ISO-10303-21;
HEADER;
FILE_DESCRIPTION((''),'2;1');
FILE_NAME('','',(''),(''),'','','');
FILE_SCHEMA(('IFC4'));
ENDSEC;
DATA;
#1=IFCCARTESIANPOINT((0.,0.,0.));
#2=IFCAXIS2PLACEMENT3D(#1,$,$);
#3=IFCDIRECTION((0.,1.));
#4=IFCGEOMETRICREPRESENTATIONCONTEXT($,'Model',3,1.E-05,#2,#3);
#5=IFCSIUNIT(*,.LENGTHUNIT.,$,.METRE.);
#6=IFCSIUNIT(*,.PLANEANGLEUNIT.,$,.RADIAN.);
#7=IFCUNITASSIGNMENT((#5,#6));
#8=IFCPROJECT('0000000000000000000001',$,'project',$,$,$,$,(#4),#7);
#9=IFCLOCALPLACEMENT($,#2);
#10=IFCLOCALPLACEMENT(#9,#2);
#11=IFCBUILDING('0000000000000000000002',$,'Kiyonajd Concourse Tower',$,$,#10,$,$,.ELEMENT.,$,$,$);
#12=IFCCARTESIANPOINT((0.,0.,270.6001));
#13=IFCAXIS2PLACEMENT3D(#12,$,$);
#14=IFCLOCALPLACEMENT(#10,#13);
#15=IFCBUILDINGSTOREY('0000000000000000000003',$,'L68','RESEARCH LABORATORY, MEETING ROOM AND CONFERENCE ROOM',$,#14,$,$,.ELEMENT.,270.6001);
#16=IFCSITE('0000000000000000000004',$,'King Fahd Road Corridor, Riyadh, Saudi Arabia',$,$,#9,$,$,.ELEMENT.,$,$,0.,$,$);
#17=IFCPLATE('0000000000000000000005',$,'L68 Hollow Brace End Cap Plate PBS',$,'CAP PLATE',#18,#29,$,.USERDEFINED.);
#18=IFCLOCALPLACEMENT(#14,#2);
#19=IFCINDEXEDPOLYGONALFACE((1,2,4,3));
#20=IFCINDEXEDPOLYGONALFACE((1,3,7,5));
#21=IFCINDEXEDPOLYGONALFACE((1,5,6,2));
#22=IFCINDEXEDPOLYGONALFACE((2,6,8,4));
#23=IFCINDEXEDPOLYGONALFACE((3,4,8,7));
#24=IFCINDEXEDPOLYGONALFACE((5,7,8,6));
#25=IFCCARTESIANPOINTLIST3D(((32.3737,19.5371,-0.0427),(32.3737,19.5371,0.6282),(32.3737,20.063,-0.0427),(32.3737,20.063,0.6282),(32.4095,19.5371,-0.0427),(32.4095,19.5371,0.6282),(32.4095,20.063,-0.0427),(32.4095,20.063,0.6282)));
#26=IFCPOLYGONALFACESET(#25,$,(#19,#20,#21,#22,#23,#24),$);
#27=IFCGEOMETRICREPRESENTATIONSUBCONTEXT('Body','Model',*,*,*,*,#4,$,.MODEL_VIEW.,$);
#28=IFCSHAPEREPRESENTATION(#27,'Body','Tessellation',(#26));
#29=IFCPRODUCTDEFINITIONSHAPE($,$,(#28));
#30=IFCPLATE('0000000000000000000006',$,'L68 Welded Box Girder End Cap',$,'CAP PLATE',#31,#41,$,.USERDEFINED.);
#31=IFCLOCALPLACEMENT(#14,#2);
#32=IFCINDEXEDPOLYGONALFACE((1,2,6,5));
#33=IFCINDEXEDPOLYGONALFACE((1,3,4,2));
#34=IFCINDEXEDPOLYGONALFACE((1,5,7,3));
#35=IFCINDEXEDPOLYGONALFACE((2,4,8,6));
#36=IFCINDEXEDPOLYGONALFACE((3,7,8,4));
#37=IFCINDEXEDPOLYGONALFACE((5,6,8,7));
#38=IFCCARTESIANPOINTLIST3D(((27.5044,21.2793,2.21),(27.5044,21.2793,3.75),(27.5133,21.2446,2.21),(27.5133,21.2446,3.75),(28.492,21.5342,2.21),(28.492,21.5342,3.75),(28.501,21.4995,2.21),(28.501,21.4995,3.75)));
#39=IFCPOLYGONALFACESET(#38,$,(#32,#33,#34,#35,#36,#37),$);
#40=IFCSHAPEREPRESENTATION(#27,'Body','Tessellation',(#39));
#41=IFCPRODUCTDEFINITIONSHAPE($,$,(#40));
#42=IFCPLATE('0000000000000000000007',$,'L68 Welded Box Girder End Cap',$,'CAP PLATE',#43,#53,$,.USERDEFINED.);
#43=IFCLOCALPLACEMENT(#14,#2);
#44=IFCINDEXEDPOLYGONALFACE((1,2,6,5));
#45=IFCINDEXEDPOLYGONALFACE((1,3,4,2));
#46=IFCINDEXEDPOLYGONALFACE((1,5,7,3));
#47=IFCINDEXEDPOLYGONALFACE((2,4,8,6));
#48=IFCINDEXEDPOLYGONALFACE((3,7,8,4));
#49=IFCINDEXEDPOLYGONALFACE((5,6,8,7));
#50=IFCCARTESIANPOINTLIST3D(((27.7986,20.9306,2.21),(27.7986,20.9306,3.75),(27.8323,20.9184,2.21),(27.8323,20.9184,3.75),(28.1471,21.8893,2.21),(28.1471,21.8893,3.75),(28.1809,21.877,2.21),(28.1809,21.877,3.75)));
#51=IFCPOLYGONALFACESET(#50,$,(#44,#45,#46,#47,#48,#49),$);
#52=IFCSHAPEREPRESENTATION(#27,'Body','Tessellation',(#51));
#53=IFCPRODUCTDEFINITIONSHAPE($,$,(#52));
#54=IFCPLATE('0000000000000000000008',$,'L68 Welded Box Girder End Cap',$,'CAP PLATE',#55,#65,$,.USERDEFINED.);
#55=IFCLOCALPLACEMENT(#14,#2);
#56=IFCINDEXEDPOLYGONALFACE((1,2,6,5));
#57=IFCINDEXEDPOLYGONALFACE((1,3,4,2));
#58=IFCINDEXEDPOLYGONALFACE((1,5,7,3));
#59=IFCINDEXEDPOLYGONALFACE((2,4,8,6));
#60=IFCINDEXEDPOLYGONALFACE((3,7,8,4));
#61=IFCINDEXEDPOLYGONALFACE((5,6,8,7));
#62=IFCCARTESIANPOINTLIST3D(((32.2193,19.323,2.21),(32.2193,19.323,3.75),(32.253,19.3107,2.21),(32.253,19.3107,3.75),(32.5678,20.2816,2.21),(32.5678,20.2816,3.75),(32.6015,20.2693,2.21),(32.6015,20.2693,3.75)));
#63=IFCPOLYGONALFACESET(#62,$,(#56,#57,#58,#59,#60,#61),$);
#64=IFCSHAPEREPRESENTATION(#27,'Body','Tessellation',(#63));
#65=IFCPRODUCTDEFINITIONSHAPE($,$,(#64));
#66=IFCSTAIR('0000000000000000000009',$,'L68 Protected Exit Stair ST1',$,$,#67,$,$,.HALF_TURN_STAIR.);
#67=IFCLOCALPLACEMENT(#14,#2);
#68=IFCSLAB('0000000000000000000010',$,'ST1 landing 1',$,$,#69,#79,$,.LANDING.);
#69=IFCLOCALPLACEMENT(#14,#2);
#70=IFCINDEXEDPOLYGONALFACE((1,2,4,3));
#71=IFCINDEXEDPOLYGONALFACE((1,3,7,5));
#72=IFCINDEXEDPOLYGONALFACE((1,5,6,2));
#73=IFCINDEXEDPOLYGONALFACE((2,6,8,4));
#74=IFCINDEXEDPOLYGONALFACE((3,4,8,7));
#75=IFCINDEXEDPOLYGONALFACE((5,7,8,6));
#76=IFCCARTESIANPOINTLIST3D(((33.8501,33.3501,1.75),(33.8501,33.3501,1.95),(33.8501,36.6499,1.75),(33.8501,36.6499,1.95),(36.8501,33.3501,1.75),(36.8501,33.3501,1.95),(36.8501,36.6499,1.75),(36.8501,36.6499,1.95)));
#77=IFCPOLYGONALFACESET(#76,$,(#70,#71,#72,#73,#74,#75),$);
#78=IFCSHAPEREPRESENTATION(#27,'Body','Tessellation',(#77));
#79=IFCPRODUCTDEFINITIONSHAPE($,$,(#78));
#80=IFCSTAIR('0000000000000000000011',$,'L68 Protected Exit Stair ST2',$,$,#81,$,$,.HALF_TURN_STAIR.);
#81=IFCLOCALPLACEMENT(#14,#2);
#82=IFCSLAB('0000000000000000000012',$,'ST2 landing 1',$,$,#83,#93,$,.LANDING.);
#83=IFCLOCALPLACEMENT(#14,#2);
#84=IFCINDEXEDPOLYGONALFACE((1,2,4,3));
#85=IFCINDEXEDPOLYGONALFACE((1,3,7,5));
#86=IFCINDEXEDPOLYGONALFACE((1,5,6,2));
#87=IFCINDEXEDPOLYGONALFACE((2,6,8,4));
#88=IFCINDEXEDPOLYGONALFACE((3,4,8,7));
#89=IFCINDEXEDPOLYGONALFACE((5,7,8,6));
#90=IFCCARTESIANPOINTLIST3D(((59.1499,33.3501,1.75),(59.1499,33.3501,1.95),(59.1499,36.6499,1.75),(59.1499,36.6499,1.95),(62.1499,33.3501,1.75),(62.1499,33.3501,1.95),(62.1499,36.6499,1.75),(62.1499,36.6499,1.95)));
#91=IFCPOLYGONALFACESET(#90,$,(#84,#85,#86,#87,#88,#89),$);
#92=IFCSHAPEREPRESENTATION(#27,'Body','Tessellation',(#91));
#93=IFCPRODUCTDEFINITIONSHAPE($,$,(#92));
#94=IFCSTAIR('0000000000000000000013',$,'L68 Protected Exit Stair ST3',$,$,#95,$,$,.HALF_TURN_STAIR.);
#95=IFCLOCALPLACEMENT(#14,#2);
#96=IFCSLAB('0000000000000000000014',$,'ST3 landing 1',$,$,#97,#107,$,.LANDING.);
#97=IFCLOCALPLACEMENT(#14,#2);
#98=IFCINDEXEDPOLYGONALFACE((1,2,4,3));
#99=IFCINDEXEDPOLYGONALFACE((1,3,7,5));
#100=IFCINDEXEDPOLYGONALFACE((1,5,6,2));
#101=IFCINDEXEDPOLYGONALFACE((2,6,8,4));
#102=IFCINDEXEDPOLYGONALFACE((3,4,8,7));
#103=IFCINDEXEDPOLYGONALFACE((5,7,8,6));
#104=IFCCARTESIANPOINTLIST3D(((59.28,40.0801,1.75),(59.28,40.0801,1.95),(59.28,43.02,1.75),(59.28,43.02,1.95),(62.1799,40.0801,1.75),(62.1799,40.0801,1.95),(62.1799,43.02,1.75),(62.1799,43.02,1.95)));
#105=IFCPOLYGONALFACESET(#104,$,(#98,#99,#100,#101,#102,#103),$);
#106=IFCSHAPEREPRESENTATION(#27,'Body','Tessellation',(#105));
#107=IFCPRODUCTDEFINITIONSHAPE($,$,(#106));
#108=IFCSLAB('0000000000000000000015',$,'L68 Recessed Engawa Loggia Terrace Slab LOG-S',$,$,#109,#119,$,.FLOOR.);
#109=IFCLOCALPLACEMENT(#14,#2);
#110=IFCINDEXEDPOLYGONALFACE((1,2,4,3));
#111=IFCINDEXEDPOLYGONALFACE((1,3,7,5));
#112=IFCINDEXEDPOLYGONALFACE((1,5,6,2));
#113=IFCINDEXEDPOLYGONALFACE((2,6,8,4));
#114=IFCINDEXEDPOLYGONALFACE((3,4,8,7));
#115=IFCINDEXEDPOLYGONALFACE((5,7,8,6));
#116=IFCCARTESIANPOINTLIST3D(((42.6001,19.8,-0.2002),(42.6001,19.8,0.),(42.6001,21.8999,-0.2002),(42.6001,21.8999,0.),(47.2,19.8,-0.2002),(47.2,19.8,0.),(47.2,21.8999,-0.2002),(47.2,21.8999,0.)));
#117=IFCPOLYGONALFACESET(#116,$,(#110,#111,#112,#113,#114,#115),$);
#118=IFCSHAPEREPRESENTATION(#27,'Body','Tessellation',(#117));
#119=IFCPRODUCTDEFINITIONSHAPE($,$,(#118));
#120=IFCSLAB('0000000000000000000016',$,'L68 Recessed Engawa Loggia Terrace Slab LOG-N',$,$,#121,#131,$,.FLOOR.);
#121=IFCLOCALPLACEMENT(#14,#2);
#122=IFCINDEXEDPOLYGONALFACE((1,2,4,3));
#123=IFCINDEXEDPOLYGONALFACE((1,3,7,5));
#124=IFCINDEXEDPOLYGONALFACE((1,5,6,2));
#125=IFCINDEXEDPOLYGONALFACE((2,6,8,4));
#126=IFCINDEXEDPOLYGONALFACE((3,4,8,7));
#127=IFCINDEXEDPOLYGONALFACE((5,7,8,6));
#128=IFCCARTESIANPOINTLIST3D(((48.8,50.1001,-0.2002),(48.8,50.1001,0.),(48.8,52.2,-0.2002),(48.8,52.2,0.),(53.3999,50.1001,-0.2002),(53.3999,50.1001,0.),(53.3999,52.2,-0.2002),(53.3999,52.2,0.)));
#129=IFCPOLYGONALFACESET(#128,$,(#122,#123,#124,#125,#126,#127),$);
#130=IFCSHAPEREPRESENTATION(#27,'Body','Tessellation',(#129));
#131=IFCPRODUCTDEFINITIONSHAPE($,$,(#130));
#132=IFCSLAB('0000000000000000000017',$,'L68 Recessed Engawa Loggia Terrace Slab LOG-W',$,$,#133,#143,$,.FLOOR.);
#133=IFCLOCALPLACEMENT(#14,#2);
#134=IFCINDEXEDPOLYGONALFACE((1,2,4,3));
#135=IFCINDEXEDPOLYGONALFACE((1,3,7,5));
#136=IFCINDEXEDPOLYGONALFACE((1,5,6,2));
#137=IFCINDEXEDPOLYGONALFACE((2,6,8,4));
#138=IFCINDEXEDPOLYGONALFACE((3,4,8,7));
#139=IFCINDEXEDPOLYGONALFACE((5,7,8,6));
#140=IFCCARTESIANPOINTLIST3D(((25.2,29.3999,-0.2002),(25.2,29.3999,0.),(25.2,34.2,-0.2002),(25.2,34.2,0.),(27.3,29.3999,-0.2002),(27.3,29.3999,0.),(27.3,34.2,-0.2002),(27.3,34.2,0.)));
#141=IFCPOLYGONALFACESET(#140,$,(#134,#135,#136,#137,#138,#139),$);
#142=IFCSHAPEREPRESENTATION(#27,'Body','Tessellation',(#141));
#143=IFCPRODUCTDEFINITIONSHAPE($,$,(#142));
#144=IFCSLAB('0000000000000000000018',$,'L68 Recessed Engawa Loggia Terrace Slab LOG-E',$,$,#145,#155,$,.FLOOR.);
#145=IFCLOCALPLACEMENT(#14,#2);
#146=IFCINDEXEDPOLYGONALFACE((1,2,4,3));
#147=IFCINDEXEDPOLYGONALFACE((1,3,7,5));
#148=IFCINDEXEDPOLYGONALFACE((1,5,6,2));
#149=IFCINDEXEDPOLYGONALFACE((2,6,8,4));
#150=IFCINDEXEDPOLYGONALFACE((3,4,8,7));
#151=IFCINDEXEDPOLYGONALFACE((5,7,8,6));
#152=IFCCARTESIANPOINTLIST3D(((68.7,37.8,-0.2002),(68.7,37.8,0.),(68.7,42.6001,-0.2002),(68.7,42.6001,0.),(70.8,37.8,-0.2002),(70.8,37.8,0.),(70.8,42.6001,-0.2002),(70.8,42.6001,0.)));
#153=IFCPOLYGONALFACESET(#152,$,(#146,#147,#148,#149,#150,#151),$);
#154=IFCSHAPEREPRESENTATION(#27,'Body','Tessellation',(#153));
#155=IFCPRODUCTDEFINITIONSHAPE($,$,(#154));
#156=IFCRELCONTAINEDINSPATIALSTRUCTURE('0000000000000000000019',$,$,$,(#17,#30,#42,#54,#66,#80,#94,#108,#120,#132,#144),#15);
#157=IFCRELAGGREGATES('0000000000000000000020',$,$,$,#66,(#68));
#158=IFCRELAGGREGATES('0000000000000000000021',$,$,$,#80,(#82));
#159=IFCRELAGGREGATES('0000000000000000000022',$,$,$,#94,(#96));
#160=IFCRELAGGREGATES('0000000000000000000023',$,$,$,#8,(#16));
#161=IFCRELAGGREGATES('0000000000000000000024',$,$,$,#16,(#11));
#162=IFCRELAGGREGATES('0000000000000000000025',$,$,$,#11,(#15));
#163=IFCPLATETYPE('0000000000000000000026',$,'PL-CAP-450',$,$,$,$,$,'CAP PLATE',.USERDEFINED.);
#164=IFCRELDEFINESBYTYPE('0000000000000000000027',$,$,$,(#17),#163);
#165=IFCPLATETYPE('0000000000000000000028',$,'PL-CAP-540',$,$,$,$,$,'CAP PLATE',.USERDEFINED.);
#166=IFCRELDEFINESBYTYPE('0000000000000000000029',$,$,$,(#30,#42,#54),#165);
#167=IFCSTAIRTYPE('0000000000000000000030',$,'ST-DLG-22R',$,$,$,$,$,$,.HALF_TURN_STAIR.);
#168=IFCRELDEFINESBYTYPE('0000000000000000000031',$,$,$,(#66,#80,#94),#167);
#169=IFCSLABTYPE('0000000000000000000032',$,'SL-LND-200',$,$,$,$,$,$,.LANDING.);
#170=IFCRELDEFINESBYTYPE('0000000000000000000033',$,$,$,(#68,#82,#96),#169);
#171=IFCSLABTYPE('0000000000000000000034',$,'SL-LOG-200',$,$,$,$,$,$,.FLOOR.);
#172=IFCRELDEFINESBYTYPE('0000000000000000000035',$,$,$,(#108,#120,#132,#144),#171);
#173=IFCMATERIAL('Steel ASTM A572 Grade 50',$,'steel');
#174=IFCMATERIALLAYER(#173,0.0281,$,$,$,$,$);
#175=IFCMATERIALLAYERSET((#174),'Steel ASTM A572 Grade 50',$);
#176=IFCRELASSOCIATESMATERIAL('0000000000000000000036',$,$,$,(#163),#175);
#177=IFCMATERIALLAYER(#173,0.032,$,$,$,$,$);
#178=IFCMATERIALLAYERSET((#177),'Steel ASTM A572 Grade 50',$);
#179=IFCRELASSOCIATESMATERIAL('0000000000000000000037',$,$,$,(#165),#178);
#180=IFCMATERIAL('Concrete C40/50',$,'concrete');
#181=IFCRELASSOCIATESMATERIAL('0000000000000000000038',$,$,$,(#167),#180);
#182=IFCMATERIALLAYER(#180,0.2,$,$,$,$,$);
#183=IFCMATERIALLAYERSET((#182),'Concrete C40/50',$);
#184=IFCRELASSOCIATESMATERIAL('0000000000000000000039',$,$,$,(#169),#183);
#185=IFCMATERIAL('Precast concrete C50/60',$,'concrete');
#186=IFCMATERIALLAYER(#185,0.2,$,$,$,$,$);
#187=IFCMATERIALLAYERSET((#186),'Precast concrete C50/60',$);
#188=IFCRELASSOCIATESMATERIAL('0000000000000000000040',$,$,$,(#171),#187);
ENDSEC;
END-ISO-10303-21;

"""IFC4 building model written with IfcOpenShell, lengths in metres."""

from ifc_helpers import new_model, si_unit, direction, frame, origin, origin_2d, place, context, subcontext, project, spatial, polyline, rectangle, outline, extrude, material, layer, layer_set, type_object, element, aggregate, save


model = new_model("IFC4")

# Units and contexts
model_context = context("Model", 3, precision=1e-05, world=origin(), true_north=direction((0.0, 1.0)))
body_context = subcontext(model_context, "Body", "Model", "MODEL_VIEW")
ifc_project = project(units=[si_unit("LENGTHUNIT", "METRE"), si_unit("PLANEANGLEUNIT", "RADIAN")], contexts=[model_context])

# Site, building, storey
site_placement = place(None, origin())
site = spatial("IfcSite", under=ifc_project, at=site_placement, Name="King Fahd Road Corridor, Riyadh, Saudi Arabia", CompositionType="ELEMENT", RefElevation=0.0)
building_placement = place(site_placement, origin())
building = spatial("IfcBuilding", under=site, at=building_placement, Name="Kiyonajd Concourse Tower", CompositionType="ELEMENT")
storey_placement = place(building_placement, frame((0.0, 0.0, 270.6001)))
storey = spatial("IfcBuildingStorey", under=building, at=storey_placement, Name="L68", Description="RESEARCH LABORATORY, MEETING ROOM AND CONFERENCE ROOM", CompositionType="ELEMENT", Elevation=270.6001)

# Shared definitions
ifc_material_1 = material(Name="Steel ASTM A572 Grade 50", Category="steel")

# Plates
ifc_layer_1 = layer(ifc_material_1, 0.0281)
ifc_layer_set_1 = layer_set([ifc_layer_1], Name="Steel ASTM A572 Grade 50")
plate_type_1 = type_object("IfcPlateType", Name="PL-CAP-450", ElementType="CAP PLATE", PredefinedType="USERDEFINED", material=ifc_layer_set_1)
plate_placement = place(storey_placement, frame((32.3916, 19.8, -0.0427), z_axis=(0.0, 0.0, 1.0), x_axis=(-1.0, 0.0, 0.0)))
element("IfcPlate", 1, at=plate_placement, inside=storey, type_object=plate_type_1, Name="L68 Hollow Brace End Cap Plate PBS", ObjectType="CAP PLATE", PredefinedType="USERDEFINED", context=body_context, shape_type="SweptSolid", body=[
    extrude(rectangle(XDim=0.0359, YDim=0.5259, at=origin_2d()), origin(), (0.0, 0.0, 1.0), 0.6709),
])
ifc_layer_2 = layer(ifc_material_1, 0.032)
ifc_layer_set_2 = layer_set([ifc_layer_2], Name="Steel ASTM A572 Grade 50")
plate_type_2 = type_object("IfcPlateType", Name="PL-CAP-540", ElementType="CAP PLATE", PredefinedType="USERDEFINED", material=ifc_layer_set_2)
for number, where, z_axis, x_axis, name in (
    (2, (28.0027, 21.3894, 2.21), (0.0, 0.0, 1.0), (0.249873, -0.968279, 0.0), "L68 Welded Box Girder End Cap"),
    (3, (27.9897, 21.4038, 2.21), (0.0, 0.0, 1.0), (-0.939812, 0.341692, 0.0), "L68 Welded Box Girder End Cap"),
    (4, (32.4104, 19.7961, 2.21), (0.0, 0.0, 1.0), (0.939812, -0.341692, 0.0), "L68 Welded Box Girder End Cap"),
):
    element("IfcPlate", number, at=place(storey_placement, frame(where, z_axis=z_axis, x_axis=x_axis)), inside=storey, type_object=plate_type_2, Name=name, ObjectType="CAP PLATE", PredefinedType="USERDEFINED", context=body_context, shape_type="SweptSolid", body=[
        extrude(rectangle(XDim=0.0359, YDim=1.02, at=origin_2d()), origin(), (0.0, 0.0, 1.0), 1.54),
    ])

# Stairs, slabs
ifc_material_2 = material(Name="Concrete C40/50", Category="concrete")
stair_type = type_object("IfcStairType", Name="ST-DLG-22R", PredefinedType="HALF_TURN_STAIR", material=ifc_material_2)
stair_1_placement = place(storey_placement, origin())
stair_1 = element("IfcStair", 5, at=stair_1_placement, inside=storey, type_object=stair_type, Name="L68 Protected Exit Stair ST1", PredefinedType="HALF_TURN_STAIR")
ifc_layer_3 = layer(ifc_material_2, 0.2)
ifc_layer_set_3 = layer_set([ifc_layer_3], Name="Concrete C40/50")
slab_type_1 = type_object("IfcSlabType", Name="SL-LND-200", PredefinedType="LANDING", material=ifc_layer_set_3)
slab_1_placement = place(storey_placement, frame((0.0, 0.0, 1.75)))
slab_1 = element("IfcSlab", 6, at=slab_1_placement, type_object=slab_type_1, Name="ST1 landing 1", PredefinedType="LANDING", context=body_context, shape_type="SweptSolid", body=[
    extrude(outline(polyline([(36.8501, 33.3501), (36.8501, 36.6499), (33.8501, 36.6499), (33.8501, 33.3501), (36.8501, 33.3501)])), origin(), (0.0, 0.0, 1.0), 0.2),
])
aggregate(stair_1, [slab_1])
stair_2_placement = place(storey_placement, origin())
stair_2 = element("IfcStair", 7, at=stair_2_placement, inside=storey, type_object=stair_type, Name="L68 Protected Exit Stair ST2", PredefinedType="HALF_TURN_STAIR")
slab_2_placement = place(storey_placement, frame((0.0, 0.0, 1.75)))
slab_2 = element("IfcSlab", 8, at=slab_2_placement, type_object=slab_type_1, Name="ST2 landing 1", PredefinedType="LANDING", context=body_context, shape_type="SweptSolid", body=[
    extrude(outline(polyline([(62.1499, 33.3501), (62.1499, 36.6499), (59.1499, 36.6499), (59.1499, 33.3501), (62.1499, 33.3501)])), origin(), (0.0, 0.0, 1.0), 0.2),
])
aggregate(stair_2, [slab_2])
stair_3_placement = place(storey_placement, origin())
stair_3 = element("IfcStair", 9, at=stair_3_placement, inside=storey, type_object=stair_type, Name="L68 Protected Exit Stair ST3", PredefinedType="HALF_TURN_STAIR")
slab_3_placement = place(storey_placement, frame((0.0, 0.0, 1.75)))
slab_3 = element("IfcSlab", 10, at=slab_3_placement, type_object=slab_type_1, Name="ST3 landing 1", PredefinedType="LANDING", context=body_context, shape_type="SweptSolid", body=[
    extrude(outline(polyline([(59.28, 40.0801), (62.1799, 40.0801), (62.1799, 43.02), (59.28, 43.02), (59.28, 40.0801)])), origin(), (0.0, 0.0, 1.0), 0.2),
])
aggregate(stair_3, [slab_3])

# Slabs
ifc_material_3 = material(Name="Precast concrete C50/60", Category="concrete")
ifc_layer_4 = layer(ifc_material_3, 0.2)
ifc_layer_set_4 = layer_set([ifc_layer_4], Name="Precast concrete C50/60")
slab_type_2 = type_object("IfcSlabType", Name="SL-LOG-200", PredefinedType="FLOOR", material=ifc_layer_set_4)
slab_4_placement = place(storey_placement, frame((0.0, 0.0, -0.2002)))
element("IfcSlab", 11, at=slab_4_placement, inside=storey, type_object=slab_type_2, Name="L68 Recessed Engawa Loggia Terrace Slab LOG-S", PredefinedType="FLOOR", context=body_context, shape_type="SweptSolid", body=[
    extrude(outline(polyline([(42.6001, 19.8), (47.2, 19.8), (47.2, 21.8999), (42.6001, 21.8999), (42.6001, 19.8)])), origin(), (0.0, 0.0, 1.0), 0.2002),
])
slab_5_placement = place(storey_placement, frame((0.0, 0.0, -0.2002)))
element("IfcSlab", 12, at=slab_5_placement, inside=storey, type_object=slab_type_2, Name="L68 Recessed Engawa Loggia Terrace Slab LOG-N", PredefinedType="FLOOR", context=body_context, shape_type="SweptSolid", body=[
    extrude(outline(polyline([(48.8, 50.1001), (53.3999, 50.1001), (53.3999, 52.2), (48.8, 52.2), (48.8, 50.1001)])), origin(), (0.0, 0.0, 1.0), 0.2002),
])
slab_6_placement = place(storey_placement, frame((0.0, 0.0, -0.2002)))
element("IfcSlab", 13, at=slab_6_placement, inside=storey, type_object=slab_type_2, Name="L68 Recessed Engawa Loggia Terrace Slab LOG-W", PredefinedType="FLOOR", context=body_context, shape_type="SweptSolid", body=[
    extrude(outline(polyline([(25.2, 29.3999), (27.3, 29.3999), (27.3, 34.2), (25.2, 34.2), (25.2, 29.3999)])), origin(), (0.0, 0.0, 1.0), 0.2002),
])
slab_7_placement = place(storey_placement, frame((0.0, 0.0, -0.2002)))
element("IfcSlab", 14, at=slab_7_placement, inside=storey, type_object=slab_type_2, Name="L68 Recessed Engawa Loggia Terrace Slab LOG-E", PredefinedType="FLOOR", context=body_context, shape_type="SweptSolid", body=[
    extrude(outline(polyline([(68.7, 37.8), (70.8, 37.8), (70.8, 42.6001), (68.7, 42.6001), (68.7, 37.8)])), origin(), (0.0, 0.0, 1.0), 0.2002),
])

save(model, "model.ifc")
